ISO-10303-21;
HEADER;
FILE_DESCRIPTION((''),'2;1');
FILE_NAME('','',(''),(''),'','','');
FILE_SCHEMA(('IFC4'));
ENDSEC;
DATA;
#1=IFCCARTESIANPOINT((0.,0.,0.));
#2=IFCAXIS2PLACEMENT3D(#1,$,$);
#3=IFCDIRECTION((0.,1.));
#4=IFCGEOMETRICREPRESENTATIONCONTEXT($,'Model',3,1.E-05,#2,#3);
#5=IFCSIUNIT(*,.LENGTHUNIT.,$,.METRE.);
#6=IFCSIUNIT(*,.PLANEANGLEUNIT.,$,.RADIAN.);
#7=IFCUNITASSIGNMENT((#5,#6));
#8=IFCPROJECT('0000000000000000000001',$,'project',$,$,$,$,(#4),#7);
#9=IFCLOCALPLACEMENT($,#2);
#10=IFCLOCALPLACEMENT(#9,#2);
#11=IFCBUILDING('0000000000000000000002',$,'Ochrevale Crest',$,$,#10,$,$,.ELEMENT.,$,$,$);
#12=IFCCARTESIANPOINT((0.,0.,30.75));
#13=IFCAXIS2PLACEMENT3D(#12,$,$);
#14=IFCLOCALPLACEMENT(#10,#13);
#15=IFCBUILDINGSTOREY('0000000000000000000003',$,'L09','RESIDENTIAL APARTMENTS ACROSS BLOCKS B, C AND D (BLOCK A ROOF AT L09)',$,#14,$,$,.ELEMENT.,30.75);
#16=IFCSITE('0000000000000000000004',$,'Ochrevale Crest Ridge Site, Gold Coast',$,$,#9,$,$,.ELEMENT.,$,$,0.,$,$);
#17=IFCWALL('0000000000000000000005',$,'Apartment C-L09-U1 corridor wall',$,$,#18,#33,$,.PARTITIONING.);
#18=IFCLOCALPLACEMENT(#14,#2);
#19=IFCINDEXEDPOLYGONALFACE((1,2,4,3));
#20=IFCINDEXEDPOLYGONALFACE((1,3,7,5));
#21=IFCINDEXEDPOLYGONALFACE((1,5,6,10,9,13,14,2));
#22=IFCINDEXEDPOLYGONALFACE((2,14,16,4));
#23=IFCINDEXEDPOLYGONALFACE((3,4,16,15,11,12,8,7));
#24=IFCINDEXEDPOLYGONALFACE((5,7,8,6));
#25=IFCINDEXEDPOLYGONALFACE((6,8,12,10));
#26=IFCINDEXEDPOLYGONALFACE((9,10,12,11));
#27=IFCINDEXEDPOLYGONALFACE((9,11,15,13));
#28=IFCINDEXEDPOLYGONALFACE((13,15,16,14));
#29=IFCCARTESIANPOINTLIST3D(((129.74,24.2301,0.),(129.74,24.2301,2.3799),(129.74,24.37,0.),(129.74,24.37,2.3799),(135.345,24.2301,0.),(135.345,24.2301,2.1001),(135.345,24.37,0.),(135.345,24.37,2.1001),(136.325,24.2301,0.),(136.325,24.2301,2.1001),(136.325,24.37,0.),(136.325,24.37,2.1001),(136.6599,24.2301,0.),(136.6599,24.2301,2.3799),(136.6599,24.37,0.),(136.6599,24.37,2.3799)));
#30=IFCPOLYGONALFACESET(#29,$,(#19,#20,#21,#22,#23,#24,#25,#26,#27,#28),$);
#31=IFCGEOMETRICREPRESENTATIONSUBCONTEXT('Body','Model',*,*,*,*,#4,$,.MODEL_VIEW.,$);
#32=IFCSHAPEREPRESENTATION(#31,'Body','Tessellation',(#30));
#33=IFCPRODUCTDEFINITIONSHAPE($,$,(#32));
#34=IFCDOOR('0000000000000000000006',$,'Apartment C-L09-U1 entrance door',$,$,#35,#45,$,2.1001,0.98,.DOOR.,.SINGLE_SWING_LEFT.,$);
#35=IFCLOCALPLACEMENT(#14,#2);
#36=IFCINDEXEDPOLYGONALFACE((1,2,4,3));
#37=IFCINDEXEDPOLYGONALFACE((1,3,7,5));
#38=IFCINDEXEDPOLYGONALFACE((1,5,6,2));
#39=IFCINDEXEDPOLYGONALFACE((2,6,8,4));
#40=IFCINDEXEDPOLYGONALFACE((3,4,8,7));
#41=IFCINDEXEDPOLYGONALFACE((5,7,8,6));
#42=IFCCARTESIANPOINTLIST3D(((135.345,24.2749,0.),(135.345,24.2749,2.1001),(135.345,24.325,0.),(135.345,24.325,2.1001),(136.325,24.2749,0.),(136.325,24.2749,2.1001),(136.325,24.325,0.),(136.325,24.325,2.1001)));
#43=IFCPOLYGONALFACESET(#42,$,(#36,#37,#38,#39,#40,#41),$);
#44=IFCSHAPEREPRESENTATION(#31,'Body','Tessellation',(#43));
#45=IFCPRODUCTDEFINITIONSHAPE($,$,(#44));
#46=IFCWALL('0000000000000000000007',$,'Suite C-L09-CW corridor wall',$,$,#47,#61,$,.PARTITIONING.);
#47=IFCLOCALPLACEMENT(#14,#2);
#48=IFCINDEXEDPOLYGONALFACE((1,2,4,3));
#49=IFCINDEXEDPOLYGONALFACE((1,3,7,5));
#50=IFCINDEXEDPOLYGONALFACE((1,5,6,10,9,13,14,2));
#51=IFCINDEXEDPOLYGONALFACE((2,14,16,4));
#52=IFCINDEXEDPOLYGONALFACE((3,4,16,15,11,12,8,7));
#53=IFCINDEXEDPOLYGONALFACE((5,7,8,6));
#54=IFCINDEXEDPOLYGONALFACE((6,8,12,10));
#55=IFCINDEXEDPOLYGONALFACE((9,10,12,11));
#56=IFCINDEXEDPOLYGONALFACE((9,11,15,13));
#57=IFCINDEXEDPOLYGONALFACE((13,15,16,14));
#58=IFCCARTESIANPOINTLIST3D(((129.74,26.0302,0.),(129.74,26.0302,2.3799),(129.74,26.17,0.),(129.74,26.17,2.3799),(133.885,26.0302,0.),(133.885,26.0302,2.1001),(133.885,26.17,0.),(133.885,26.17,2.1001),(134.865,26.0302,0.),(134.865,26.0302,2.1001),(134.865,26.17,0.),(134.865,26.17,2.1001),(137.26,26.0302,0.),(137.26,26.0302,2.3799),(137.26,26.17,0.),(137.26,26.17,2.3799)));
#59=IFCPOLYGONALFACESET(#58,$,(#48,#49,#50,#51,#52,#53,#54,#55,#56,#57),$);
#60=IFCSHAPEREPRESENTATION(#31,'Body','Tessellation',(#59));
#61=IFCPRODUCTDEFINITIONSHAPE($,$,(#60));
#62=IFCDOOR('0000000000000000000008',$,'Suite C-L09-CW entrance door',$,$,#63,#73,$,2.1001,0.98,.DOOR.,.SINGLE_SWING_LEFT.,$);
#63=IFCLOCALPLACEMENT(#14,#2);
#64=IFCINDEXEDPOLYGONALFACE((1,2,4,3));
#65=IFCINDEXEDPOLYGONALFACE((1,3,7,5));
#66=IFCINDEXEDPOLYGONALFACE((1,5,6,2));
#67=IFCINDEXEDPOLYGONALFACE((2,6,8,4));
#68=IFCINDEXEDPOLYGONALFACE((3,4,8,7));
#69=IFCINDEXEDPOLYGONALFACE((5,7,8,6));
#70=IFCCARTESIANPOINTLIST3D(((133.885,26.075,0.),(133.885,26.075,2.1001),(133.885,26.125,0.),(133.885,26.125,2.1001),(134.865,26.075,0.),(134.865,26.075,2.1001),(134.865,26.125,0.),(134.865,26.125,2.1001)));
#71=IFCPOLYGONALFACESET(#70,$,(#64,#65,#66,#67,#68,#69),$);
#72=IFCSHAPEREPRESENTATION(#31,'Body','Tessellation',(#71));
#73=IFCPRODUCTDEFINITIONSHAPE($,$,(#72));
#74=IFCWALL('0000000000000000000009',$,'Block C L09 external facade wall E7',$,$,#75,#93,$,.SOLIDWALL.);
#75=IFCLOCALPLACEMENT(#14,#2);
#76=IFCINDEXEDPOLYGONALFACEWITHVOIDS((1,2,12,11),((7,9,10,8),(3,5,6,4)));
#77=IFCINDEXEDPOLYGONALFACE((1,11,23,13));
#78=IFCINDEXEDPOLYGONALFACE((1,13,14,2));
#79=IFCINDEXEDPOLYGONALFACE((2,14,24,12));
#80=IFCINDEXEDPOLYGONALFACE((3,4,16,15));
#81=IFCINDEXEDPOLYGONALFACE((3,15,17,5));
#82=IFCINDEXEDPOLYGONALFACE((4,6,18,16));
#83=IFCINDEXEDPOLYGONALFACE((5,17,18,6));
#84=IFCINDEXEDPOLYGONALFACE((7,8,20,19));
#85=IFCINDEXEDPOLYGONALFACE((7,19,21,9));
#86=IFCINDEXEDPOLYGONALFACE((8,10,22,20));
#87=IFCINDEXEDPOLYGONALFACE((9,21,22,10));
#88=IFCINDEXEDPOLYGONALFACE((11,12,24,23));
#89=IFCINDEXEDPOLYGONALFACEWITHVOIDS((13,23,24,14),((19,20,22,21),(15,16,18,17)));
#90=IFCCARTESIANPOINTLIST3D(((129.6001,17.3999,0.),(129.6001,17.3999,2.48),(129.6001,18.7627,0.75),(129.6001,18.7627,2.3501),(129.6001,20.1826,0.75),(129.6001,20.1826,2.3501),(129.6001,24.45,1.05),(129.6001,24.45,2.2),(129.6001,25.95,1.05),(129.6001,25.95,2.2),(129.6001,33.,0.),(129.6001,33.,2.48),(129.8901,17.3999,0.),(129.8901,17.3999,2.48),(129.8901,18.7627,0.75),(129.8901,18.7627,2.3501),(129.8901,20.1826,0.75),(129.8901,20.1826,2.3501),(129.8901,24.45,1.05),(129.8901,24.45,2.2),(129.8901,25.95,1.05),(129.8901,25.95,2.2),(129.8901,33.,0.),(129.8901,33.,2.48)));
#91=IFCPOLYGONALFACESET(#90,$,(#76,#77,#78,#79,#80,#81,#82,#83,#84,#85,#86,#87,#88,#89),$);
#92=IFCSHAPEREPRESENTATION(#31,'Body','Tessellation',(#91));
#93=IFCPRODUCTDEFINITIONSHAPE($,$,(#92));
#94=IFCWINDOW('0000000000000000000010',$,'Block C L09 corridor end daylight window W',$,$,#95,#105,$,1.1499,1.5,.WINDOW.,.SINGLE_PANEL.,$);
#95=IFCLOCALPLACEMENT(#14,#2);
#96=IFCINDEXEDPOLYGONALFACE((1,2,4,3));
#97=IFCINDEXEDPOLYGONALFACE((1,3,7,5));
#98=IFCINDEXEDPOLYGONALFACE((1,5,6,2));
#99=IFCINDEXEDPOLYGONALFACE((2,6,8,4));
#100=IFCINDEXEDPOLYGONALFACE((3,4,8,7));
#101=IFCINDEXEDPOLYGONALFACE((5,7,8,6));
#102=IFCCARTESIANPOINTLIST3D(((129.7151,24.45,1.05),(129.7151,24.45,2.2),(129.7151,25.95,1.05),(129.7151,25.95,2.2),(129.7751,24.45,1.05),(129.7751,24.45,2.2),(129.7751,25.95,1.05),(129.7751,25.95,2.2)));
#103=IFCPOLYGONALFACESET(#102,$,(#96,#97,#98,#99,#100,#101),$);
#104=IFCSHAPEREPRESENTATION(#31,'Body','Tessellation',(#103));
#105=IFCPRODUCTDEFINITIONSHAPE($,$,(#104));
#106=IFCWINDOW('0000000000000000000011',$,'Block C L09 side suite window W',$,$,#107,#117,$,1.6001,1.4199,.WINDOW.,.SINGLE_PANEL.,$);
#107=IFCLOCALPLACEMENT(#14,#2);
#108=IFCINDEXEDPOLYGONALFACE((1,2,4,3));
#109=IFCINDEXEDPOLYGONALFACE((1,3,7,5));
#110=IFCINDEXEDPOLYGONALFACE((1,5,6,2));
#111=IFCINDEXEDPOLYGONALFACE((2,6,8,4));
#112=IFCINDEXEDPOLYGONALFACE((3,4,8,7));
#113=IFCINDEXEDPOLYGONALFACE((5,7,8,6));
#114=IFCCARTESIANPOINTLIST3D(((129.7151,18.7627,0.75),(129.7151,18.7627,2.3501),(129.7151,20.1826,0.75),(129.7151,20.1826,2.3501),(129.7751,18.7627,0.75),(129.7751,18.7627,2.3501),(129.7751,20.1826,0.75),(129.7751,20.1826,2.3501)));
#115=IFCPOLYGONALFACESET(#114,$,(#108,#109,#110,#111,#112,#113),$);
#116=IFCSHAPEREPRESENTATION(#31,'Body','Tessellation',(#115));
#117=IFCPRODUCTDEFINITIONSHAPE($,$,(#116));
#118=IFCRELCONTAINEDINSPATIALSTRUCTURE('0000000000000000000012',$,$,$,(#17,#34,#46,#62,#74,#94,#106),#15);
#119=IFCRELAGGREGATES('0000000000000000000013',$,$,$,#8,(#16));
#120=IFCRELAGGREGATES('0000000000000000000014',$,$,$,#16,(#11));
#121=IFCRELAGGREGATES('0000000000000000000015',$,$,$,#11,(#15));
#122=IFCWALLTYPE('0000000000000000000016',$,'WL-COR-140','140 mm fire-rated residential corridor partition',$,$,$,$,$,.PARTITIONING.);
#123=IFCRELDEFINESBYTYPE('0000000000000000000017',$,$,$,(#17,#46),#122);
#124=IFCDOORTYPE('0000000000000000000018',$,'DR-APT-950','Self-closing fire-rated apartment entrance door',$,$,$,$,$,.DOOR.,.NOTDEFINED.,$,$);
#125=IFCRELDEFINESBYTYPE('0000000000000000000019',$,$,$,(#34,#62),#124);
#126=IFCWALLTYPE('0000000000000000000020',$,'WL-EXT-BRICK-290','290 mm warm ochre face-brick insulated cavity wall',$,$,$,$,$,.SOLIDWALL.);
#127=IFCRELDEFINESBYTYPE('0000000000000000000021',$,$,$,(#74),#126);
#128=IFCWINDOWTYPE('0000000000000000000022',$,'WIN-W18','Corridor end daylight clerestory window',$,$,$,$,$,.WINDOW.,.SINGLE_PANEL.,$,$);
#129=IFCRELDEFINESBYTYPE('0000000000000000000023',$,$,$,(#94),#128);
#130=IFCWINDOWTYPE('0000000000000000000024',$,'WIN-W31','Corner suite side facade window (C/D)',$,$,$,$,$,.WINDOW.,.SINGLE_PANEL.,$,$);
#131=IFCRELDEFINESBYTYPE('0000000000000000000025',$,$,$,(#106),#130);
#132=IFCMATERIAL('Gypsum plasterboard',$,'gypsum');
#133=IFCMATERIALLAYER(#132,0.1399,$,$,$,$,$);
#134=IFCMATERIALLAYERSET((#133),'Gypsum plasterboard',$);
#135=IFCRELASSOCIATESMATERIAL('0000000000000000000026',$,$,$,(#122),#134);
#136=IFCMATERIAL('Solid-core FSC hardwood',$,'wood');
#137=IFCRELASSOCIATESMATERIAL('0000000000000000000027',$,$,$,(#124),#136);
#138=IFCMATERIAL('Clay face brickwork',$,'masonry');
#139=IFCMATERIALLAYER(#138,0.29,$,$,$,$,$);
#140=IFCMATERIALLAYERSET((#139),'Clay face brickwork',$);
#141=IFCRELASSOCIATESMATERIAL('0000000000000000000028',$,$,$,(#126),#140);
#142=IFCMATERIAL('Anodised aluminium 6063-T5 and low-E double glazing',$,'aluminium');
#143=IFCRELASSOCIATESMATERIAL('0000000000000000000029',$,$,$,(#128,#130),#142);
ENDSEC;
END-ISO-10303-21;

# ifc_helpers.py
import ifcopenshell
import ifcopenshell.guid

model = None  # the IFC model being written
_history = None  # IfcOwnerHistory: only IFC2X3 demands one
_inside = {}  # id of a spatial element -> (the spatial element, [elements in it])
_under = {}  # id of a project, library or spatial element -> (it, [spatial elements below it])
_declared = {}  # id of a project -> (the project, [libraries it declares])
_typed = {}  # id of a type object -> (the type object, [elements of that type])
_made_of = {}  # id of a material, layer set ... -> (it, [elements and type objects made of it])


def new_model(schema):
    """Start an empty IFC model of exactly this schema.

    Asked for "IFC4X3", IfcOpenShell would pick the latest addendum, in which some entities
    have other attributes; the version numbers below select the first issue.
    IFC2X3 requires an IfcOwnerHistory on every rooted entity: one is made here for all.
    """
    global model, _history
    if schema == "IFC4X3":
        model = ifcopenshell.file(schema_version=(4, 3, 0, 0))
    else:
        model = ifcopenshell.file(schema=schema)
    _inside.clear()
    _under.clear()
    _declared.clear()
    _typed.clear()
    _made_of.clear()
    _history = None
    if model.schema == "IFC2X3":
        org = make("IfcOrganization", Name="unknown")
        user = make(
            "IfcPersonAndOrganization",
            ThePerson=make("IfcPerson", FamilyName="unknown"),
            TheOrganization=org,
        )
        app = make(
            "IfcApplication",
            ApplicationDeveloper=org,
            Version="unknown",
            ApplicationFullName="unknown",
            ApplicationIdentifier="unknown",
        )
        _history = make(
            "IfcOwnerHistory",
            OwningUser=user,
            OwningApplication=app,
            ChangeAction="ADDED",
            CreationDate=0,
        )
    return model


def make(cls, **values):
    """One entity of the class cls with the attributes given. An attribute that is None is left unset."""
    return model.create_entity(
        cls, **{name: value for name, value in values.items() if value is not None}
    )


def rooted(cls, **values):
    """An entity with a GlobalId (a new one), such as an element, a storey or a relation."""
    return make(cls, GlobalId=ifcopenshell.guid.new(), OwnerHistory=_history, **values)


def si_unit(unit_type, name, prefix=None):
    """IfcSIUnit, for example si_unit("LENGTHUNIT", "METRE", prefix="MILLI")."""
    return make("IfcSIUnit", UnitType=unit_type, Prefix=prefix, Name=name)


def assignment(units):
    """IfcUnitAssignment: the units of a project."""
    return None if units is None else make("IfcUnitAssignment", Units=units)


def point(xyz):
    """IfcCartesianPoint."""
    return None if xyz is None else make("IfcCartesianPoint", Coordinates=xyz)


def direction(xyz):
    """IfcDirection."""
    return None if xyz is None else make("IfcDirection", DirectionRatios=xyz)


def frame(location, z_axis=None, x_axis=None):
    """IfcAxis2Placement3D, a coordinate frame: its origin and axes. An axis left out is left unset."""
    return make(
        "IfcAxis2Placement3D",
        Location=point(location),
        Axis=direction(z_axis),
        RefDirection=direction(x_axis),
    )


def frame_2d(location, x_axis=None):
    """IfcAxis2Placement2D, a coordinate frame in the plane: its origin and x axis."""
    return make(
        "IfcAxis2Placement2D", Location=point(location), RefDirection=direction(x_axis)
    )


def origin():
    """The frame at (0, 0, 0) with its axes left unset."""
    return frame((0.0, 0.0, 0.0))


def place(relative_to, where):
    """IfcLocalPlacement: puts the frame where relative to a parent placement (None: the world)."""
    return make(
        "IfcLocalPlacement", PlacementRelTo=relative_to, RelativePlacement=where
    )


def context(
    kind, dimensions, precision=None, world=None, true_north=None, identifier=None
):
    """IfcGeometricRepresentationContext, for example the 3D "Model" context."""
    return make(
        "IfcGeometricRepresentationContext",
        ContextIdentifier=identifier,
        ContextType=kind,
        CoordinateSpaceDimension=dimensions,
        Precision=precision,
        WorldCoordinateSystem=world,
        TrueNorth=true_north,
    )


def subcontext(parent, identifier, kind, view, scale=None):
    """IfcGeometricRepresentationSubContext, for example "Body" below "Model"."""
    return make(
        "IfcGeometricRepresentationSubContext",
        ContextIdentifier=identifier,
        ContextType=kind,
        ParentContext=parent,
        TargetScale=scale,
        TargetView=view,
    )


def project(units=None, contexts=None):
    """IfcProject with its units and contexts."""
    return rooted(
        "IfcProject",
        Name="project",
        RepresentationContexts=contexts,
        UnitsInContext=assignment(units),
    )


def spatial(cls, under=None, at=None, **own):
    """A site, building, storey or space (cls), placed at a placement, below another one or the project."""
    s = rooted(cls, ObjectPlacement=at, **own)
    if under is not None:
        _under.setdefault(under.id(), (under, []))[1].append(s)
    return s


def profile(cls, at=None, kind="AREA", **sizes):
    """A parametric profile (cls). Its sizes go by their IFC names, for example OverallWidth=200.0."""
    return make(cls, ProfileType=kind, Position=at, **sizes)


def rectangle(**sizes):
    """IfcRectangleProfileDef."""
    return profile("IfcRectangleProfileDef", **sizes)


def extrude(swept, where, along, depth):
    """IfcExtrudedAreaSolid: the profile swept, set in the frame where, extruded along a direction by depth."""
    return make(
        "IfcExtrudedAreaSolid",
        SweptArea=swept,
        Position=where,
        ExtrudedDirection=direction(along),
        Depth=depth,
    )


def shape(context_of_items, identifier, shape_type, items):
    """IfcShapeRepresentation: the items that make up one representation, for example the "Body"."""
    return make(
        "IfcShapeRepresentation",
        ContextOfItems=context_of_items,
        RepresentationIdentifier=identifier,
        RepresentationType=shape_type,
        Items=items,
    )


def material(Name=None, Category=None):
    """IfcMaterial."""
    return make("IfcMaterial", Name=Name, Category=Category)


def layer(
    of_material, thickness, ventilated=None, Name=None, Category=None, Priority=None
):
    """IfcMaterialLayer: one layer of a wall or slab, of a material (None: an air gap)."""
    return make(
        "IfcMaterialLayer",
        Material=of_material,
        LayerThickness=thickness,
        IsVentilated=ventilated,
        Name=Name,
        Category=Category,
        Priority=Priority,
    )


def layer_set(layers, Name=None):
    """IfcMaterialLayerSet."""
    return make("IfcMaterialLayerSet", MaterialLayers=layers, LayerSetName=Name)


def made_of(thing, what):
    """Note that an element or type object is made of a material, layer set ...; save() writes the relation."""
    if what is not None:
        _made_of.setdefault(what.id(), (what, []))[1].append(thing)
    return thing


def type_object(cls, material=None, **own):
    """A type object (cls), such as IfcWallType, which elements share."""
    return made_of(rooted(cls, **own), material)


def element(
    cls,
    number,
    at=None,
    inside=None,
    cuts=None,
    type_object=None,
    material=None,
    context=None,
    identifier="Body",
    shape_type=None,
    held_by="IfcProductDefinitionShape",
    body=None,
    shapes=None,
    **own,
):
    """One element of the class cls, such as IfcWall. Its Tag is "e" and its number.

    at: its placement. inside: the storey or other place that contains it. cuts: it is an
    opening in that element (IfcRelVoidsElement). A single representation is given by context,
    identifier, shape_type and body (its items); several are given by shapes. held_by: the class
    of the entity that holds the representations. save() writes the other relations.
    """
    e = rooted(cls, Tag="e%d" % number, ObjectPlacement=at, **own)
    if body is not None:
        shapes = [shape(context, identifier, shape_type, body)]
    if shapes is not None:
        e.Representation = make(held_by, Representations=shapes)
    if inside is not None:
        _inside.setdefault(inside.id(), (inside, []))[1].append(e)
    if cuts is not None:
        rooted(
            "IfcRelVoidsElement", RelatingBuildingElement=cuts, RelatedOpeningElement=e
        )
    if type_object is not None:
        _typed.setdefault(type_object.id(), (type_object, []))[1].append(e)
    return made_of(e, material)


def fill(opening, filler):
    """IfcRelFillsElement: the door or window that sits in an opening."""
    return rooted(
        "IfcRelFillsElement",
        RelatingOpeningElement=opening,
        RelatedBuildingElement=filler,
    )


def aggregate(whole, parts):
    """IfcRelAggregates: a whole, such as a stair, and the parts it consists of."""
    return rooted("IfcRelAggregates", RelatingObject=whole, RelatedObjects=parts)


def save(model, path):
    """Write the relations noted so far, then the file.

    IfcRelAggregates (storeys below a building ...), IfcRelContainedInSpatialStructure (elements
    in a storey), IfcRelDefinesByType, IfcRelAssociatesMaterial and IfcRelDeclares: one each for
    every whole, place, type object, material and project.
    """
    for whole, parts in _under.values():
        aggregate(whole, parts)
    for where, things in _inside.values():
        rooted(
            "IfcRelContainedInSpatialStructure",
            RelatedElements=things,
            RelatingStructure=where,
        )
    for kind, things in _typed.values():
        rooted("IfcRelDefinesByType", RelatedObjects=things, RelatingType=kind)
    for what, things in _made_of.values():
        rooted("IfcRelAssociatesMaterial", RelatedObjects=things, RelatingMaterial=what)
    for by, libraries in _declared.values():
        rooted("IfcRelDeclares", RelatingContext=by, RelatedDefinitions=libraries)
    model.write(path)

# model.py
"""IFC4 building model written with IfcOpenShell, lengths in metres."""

from ifc_helpers import new_model, si_unit, direction, frame, frame_2d, origin, place, context, subcontext, project, spatial, rectangle, extrude, material, layer, layer_set, type_object, element, fill, save


model = new_model("IFC4")

# Units and contexts
model_context = context("Model", 3, precision=1e-05, world=origin(), true_north=direction((0.0, 1.0)))
body_context = subcontext(model_context, "Body", "Model", "MODEL_VIEW")
ifc_project = project(units=[si_unit("LENGTHUNIT", "METRE"), si_unit("PLANEANGLEUNIT", "RADIAN")], contexts=[model_context])

# Site, building, storey
site_placement = place(None, origin())
site = spatial("IfcSite", under=ifc_project, at=site_placement, Name="Ochrevale Crest Ridge Site, Gold Coast", CompositionType="ELEMENT", RefElevation=0.0)
building_placement = place(site_placement, origin())
building = spatial("IfcBuilding", under=site, at=building_placement, Name="Ochrevale Crest", CompositionType="ELEMENT")
storey_placement = place(building_placement, frame((0.0, 0.0, 30.75)))
storey = spatial("IfcBuildingStorey", under=building, at=storey_placement, Name="L09", Description="RESIDENTIAL APARTMENTS ACROSS BLOCKS B, C AND D (BLOCK A ROOF AT L09)", CompositionType="ELEMENT", Elevation=30.75)

# Walls, openings, doors
ifc_material_1 = material(Name="Gypsum plasterboard", Category="gypsum")
ifc_layer_1 = layer(ifc_material_1, 0.1399)
ifc_layer_set_1 = layer_set([ifc_layer_1], Name="Gypsum plasterboard")
wall_type_1 = type_object("IfcWallType", Name="WL-COR-140", Description="140 mm fire-rated residential corridor partition", PredefinedType="PARTITIONING", material=ifc_layer_set_1)
wall_1_placement = place(storey_placement, frame((129.74, 24.3, 0.0), z_axis=(0.0, 0.0, 1.0), x_axis=(1.0, 0.0, 0.0)))
wall_1 = element("IfcWall", 1, at=wall_1_placement, inside=storey, type_object=wall_type_1, Name="Apartment C-L09-U1 corridor wall", PredefinedType="PARTITIONING", context=body_context, shape_type="SweptSolid", body=[
    extrude(rectangle(XDim=6.9199, YDim=0.1399, at=frame_2d((3.46, 0.0))), origin(), (0.0, 0.0, 1.0), 2.3799),
])
opening_1_placement = place(wall_1_placement, frame((5.605, 0.0, 0.0)))
opening_1 = element("IfcOpeningElement", 2, at=opening_1_placement, cuts=wall_1, PredefinedType="OPENING", context=body_context, shape_type="SweptSolid", body=[
    extrude(rectangle(XDim=0.98, YDim=2.1001, at=frame_2d((0.49, 1.05))), frame((0.0, 0.0801, 0.0), z_axis=(0.0, -1.0, 0.0), x_axis=(1.0, 0.0, 0.0)), (0.0, 0.0, 1.0), 0.1599),
])
ifc_material_2 = material(Name="Solid-core FSC hardwood", Category="wood")
door_type_1 = type_object("IfcDoorType", Name="DR-APT-950", Description="Self-closing fire-rated apartment entrance door", OperationType="NOTDEFINED", PredefinedType="DOOR", material=ifc_material_2)
door_1_placement = place(opening_1_placement, origin())
door_1 = element("IfcDoor", 3, at=door_1_placement, inside=storey, type_object=door_type_1, Name="Apartment C-L09-U1 entrance door", OperationType="SINGLE_SWING_LEFT", OverallHeight=2.1001, OverallWidth=0.98, PredefinedType="DOOR", context=body_context, shape_type="SweptSolid", body=[
    extrude(rectangle(XDim=0.98, YDim=2.1001, at=frame_2d((0.49, 1.05))), frame((0.0, 0.0249, 0.0), z_axis=(0.0, -1.0, 0.0), x_axis=(1.0, 0.0, 0.0)), (0.0, 0.0, 1.0), 0.05),
])
fill(opening_1, door_1)
wall_2_placement = place(storey_placement, frame((129.74, 26.1001, 0.0), z_axis=(0.0, 0.0, 1.0), x_axis=(1.0, 0.0, 0.0)))
wall_2 = element("IfcWall", 4, at=wall_2_placement, inside=storey, type_object=wall_type_1, Name="Suite C-L09-CW corridor wall", PredefinedType="PARTITIONING", context=body_context, shape_type="SweptSolid", body=[
    extrude(rectangle(XDim=7.52, YDim=0.1399, at=frame_2d((3.76, 0.0))), origin(), (0.0, 0.0, 1.0), 2.3799),
])
opening_2_placement = place(wall_2_placement, frame((4.145, 0.0, 0.0)))
opening_2 = element("IfcOpeningElement", 5, at=opening_2_placement, cuts=wall_2, PredefinedType="OPENING", context=body_context, shape_type="SweptSolid", body=[
    extrude(rectangle(XDim=0.98, YDim=2.1001, at=frame_2d((0.49, 1.05))), frame((0.0, 0.0801, 0.0), z_axis=(0.0, -1.0, 0.0), x_axis=(1.0, 0.0, 0.0)), (0.0, 0.0, 1.0), 0.1599),
])
door_2_placement = place(opening_2_placement, origin())
door_2 = element("IfcDoor", 6, at=door_2_placement, inside=storey, type_object=door_type_1, Name="Suite C-L09-CW entrance door", OperationType="SINGLE_SWING_LEFT", OverallHeight=2.1001, OverallWidth=0.98, PredefinedType="DOOR", context=body_context, shape_type="SweptSolid", body=[
    extrude(rectangle(XDim=0.98, YDim=2.1001, at=frame_2d((0.49, 1.05))), frame((0.0, 0.0249, 0.0), z_axis=(0.0, -1.0, 0.0), x_axis=(1.0, 0.0, 0.0)), (0.0, 0.0, 1.0), 0.05),
])
fill(opening_2, door_2)

# Wall, openings, windows
ifc_material_3 = material(Name="Clay face brickwork", Category="masonry")
ifc_layer_2 = layer(ifc_material_3, 0.29)
ifc_layer_set_2 = layer_set([ifc_layer_2], Name="Clay face brickwork")
wall_type_2 = type_object("IfcWallType", Name="WL-EXT-BRICK-290", Description="290 mm warm ochre face-brick insulated cavity wall", PredefinedType="SOLIDWALL", material=ifc_layer_set_2)
wall_3_placement = place(storey_placement, frame((129.7451, 33.0, 0.0), z_axis=(0.0, 0.0, 1.0), x_axis=(0.0, -1.0, 0.0)))
wall_3 = element("IfcWall", 7, at=wall_3_placement, inside=storey, type_object=wall_type_2, Name="Block C L09 external facade wall E7", PredefinedType="SOLIDWALL", context=body_context, shape_type="SweptSolid", body=[
    extrude(rectangle(XDim=15.6001, YDim=0.29, at=frame_2d((7.8, 0.0))), origin(), (0.0, 0.0, 1.0), 2.48),
])
opening_3_placement = place(wall_3_placement, frame((7.05, 0.0, 1.05)))
opening_3 = element("IfcOpeningElement", 8, at=opening_3_placement, cuts=wall_3, PredefinedType="OPENING", context=body_context, shape_type="SweptSolid", body=[
    extrude(rectangle(XDim=1.5, YDim=1.1499, at=frame_2d((0.75, 0.575))), frame((0.0, 0.155, 0.0), z_axis=(0.0, -1.0, 0.0), x_axis=(1.0, 0.0, 0.0)), (0.0, 0.0, 1.0), 0.3101),
])
opening_4_placement = place(wall_3_placement, frame((12.8174, 0.0, 0.75)))
opening_4 = element("IfcOpeningElement", 9, at=opening_4_placement, cuts=wall_3, PredefinedType="OPENING", context=body_context, shape_type="SweptSolid", body=[
    extrude(rectangle(XDim=1.4199, YDim=1.6001, at=frame_2d((0.71, 0.8))), frame((0.0, 0.155, 0.0), z_axis=(0.0, -1.0, 0.0), x_axis=(1.0, 0.0, 0.0)), (0.0, 0.0, 1.0), 0.3101),
])
ifc_material_4 = material(Name="Anodised aluminium 6063-T5 and low-E double glazing", Category="aluminium")
window_type_1 = type_object("IfcWindowType", Name="WIN-W18", Description="Corridor end daylight clerestory window", PartitioningType="SINGLE_PANEL", PredefinedType="WINDOW", material=ifc_material_4)
window_1_placement = place(opening_3_placement, origin())
window_1 = element("IfcWindow", 10, at=window_1_placement, inside=storey, type_object=window_type_1, Name="Block C L09 corridor end daylight window W", OverallHeight=1.1499, OverallWidth=1.5, PartitioningType="SINGLE_PANEL", PredefinedType="WINDOW", context=body_context, shape_type="SweptSolid", body=[
    extrude(rectangle(XDim=1.5, YDim=1.1499, at=frame_2d((0.75, 0.575))), frame((0.0, 0.03, 0.0), z_axis=(0.0, -1.0, 0.0), x_axis=(1.0, 0.0, 0.0)), (0.0, 0.0, 1.0), 0.0601),
])
fill(opening_3, window_1)
window_type_2 = type_object("IfcWindowType", Name="WIN-W31", Description="Corner suite side facade window (C/D)", PartitioningType="SINGLE_PANEL", PredefinedType="WINDOW", material=ifc_material_4)
window_2_placement = place(opening_4_placement, origin())
window_2 = element("IfcWindow", 11, at=window_2_placement, inside=storey, type_object=window_type_2, Name="Block C L09 side suite window W", OverallHeight=1.6001, OverallWidth=1.4199, PartitioningType="SINGLE_PANEL", PredefinedType="WINDOW", context=body_context, shape_type="SweptSolid", body=[
    extrude(rectangle(XDim=1.4199, YDim=1.6001, at=frame_2d((0.71, 0.8))), frame((0.0, 0.03, 0.0), z_axis=(0.0, -1.0, 0.0), x_axis=(1.0, 0.0, 0.0)), (0.0, 0.0, 1.0), 0.0601),
])
fill(opening_4, window_2)

save(model, "model.ifc")
